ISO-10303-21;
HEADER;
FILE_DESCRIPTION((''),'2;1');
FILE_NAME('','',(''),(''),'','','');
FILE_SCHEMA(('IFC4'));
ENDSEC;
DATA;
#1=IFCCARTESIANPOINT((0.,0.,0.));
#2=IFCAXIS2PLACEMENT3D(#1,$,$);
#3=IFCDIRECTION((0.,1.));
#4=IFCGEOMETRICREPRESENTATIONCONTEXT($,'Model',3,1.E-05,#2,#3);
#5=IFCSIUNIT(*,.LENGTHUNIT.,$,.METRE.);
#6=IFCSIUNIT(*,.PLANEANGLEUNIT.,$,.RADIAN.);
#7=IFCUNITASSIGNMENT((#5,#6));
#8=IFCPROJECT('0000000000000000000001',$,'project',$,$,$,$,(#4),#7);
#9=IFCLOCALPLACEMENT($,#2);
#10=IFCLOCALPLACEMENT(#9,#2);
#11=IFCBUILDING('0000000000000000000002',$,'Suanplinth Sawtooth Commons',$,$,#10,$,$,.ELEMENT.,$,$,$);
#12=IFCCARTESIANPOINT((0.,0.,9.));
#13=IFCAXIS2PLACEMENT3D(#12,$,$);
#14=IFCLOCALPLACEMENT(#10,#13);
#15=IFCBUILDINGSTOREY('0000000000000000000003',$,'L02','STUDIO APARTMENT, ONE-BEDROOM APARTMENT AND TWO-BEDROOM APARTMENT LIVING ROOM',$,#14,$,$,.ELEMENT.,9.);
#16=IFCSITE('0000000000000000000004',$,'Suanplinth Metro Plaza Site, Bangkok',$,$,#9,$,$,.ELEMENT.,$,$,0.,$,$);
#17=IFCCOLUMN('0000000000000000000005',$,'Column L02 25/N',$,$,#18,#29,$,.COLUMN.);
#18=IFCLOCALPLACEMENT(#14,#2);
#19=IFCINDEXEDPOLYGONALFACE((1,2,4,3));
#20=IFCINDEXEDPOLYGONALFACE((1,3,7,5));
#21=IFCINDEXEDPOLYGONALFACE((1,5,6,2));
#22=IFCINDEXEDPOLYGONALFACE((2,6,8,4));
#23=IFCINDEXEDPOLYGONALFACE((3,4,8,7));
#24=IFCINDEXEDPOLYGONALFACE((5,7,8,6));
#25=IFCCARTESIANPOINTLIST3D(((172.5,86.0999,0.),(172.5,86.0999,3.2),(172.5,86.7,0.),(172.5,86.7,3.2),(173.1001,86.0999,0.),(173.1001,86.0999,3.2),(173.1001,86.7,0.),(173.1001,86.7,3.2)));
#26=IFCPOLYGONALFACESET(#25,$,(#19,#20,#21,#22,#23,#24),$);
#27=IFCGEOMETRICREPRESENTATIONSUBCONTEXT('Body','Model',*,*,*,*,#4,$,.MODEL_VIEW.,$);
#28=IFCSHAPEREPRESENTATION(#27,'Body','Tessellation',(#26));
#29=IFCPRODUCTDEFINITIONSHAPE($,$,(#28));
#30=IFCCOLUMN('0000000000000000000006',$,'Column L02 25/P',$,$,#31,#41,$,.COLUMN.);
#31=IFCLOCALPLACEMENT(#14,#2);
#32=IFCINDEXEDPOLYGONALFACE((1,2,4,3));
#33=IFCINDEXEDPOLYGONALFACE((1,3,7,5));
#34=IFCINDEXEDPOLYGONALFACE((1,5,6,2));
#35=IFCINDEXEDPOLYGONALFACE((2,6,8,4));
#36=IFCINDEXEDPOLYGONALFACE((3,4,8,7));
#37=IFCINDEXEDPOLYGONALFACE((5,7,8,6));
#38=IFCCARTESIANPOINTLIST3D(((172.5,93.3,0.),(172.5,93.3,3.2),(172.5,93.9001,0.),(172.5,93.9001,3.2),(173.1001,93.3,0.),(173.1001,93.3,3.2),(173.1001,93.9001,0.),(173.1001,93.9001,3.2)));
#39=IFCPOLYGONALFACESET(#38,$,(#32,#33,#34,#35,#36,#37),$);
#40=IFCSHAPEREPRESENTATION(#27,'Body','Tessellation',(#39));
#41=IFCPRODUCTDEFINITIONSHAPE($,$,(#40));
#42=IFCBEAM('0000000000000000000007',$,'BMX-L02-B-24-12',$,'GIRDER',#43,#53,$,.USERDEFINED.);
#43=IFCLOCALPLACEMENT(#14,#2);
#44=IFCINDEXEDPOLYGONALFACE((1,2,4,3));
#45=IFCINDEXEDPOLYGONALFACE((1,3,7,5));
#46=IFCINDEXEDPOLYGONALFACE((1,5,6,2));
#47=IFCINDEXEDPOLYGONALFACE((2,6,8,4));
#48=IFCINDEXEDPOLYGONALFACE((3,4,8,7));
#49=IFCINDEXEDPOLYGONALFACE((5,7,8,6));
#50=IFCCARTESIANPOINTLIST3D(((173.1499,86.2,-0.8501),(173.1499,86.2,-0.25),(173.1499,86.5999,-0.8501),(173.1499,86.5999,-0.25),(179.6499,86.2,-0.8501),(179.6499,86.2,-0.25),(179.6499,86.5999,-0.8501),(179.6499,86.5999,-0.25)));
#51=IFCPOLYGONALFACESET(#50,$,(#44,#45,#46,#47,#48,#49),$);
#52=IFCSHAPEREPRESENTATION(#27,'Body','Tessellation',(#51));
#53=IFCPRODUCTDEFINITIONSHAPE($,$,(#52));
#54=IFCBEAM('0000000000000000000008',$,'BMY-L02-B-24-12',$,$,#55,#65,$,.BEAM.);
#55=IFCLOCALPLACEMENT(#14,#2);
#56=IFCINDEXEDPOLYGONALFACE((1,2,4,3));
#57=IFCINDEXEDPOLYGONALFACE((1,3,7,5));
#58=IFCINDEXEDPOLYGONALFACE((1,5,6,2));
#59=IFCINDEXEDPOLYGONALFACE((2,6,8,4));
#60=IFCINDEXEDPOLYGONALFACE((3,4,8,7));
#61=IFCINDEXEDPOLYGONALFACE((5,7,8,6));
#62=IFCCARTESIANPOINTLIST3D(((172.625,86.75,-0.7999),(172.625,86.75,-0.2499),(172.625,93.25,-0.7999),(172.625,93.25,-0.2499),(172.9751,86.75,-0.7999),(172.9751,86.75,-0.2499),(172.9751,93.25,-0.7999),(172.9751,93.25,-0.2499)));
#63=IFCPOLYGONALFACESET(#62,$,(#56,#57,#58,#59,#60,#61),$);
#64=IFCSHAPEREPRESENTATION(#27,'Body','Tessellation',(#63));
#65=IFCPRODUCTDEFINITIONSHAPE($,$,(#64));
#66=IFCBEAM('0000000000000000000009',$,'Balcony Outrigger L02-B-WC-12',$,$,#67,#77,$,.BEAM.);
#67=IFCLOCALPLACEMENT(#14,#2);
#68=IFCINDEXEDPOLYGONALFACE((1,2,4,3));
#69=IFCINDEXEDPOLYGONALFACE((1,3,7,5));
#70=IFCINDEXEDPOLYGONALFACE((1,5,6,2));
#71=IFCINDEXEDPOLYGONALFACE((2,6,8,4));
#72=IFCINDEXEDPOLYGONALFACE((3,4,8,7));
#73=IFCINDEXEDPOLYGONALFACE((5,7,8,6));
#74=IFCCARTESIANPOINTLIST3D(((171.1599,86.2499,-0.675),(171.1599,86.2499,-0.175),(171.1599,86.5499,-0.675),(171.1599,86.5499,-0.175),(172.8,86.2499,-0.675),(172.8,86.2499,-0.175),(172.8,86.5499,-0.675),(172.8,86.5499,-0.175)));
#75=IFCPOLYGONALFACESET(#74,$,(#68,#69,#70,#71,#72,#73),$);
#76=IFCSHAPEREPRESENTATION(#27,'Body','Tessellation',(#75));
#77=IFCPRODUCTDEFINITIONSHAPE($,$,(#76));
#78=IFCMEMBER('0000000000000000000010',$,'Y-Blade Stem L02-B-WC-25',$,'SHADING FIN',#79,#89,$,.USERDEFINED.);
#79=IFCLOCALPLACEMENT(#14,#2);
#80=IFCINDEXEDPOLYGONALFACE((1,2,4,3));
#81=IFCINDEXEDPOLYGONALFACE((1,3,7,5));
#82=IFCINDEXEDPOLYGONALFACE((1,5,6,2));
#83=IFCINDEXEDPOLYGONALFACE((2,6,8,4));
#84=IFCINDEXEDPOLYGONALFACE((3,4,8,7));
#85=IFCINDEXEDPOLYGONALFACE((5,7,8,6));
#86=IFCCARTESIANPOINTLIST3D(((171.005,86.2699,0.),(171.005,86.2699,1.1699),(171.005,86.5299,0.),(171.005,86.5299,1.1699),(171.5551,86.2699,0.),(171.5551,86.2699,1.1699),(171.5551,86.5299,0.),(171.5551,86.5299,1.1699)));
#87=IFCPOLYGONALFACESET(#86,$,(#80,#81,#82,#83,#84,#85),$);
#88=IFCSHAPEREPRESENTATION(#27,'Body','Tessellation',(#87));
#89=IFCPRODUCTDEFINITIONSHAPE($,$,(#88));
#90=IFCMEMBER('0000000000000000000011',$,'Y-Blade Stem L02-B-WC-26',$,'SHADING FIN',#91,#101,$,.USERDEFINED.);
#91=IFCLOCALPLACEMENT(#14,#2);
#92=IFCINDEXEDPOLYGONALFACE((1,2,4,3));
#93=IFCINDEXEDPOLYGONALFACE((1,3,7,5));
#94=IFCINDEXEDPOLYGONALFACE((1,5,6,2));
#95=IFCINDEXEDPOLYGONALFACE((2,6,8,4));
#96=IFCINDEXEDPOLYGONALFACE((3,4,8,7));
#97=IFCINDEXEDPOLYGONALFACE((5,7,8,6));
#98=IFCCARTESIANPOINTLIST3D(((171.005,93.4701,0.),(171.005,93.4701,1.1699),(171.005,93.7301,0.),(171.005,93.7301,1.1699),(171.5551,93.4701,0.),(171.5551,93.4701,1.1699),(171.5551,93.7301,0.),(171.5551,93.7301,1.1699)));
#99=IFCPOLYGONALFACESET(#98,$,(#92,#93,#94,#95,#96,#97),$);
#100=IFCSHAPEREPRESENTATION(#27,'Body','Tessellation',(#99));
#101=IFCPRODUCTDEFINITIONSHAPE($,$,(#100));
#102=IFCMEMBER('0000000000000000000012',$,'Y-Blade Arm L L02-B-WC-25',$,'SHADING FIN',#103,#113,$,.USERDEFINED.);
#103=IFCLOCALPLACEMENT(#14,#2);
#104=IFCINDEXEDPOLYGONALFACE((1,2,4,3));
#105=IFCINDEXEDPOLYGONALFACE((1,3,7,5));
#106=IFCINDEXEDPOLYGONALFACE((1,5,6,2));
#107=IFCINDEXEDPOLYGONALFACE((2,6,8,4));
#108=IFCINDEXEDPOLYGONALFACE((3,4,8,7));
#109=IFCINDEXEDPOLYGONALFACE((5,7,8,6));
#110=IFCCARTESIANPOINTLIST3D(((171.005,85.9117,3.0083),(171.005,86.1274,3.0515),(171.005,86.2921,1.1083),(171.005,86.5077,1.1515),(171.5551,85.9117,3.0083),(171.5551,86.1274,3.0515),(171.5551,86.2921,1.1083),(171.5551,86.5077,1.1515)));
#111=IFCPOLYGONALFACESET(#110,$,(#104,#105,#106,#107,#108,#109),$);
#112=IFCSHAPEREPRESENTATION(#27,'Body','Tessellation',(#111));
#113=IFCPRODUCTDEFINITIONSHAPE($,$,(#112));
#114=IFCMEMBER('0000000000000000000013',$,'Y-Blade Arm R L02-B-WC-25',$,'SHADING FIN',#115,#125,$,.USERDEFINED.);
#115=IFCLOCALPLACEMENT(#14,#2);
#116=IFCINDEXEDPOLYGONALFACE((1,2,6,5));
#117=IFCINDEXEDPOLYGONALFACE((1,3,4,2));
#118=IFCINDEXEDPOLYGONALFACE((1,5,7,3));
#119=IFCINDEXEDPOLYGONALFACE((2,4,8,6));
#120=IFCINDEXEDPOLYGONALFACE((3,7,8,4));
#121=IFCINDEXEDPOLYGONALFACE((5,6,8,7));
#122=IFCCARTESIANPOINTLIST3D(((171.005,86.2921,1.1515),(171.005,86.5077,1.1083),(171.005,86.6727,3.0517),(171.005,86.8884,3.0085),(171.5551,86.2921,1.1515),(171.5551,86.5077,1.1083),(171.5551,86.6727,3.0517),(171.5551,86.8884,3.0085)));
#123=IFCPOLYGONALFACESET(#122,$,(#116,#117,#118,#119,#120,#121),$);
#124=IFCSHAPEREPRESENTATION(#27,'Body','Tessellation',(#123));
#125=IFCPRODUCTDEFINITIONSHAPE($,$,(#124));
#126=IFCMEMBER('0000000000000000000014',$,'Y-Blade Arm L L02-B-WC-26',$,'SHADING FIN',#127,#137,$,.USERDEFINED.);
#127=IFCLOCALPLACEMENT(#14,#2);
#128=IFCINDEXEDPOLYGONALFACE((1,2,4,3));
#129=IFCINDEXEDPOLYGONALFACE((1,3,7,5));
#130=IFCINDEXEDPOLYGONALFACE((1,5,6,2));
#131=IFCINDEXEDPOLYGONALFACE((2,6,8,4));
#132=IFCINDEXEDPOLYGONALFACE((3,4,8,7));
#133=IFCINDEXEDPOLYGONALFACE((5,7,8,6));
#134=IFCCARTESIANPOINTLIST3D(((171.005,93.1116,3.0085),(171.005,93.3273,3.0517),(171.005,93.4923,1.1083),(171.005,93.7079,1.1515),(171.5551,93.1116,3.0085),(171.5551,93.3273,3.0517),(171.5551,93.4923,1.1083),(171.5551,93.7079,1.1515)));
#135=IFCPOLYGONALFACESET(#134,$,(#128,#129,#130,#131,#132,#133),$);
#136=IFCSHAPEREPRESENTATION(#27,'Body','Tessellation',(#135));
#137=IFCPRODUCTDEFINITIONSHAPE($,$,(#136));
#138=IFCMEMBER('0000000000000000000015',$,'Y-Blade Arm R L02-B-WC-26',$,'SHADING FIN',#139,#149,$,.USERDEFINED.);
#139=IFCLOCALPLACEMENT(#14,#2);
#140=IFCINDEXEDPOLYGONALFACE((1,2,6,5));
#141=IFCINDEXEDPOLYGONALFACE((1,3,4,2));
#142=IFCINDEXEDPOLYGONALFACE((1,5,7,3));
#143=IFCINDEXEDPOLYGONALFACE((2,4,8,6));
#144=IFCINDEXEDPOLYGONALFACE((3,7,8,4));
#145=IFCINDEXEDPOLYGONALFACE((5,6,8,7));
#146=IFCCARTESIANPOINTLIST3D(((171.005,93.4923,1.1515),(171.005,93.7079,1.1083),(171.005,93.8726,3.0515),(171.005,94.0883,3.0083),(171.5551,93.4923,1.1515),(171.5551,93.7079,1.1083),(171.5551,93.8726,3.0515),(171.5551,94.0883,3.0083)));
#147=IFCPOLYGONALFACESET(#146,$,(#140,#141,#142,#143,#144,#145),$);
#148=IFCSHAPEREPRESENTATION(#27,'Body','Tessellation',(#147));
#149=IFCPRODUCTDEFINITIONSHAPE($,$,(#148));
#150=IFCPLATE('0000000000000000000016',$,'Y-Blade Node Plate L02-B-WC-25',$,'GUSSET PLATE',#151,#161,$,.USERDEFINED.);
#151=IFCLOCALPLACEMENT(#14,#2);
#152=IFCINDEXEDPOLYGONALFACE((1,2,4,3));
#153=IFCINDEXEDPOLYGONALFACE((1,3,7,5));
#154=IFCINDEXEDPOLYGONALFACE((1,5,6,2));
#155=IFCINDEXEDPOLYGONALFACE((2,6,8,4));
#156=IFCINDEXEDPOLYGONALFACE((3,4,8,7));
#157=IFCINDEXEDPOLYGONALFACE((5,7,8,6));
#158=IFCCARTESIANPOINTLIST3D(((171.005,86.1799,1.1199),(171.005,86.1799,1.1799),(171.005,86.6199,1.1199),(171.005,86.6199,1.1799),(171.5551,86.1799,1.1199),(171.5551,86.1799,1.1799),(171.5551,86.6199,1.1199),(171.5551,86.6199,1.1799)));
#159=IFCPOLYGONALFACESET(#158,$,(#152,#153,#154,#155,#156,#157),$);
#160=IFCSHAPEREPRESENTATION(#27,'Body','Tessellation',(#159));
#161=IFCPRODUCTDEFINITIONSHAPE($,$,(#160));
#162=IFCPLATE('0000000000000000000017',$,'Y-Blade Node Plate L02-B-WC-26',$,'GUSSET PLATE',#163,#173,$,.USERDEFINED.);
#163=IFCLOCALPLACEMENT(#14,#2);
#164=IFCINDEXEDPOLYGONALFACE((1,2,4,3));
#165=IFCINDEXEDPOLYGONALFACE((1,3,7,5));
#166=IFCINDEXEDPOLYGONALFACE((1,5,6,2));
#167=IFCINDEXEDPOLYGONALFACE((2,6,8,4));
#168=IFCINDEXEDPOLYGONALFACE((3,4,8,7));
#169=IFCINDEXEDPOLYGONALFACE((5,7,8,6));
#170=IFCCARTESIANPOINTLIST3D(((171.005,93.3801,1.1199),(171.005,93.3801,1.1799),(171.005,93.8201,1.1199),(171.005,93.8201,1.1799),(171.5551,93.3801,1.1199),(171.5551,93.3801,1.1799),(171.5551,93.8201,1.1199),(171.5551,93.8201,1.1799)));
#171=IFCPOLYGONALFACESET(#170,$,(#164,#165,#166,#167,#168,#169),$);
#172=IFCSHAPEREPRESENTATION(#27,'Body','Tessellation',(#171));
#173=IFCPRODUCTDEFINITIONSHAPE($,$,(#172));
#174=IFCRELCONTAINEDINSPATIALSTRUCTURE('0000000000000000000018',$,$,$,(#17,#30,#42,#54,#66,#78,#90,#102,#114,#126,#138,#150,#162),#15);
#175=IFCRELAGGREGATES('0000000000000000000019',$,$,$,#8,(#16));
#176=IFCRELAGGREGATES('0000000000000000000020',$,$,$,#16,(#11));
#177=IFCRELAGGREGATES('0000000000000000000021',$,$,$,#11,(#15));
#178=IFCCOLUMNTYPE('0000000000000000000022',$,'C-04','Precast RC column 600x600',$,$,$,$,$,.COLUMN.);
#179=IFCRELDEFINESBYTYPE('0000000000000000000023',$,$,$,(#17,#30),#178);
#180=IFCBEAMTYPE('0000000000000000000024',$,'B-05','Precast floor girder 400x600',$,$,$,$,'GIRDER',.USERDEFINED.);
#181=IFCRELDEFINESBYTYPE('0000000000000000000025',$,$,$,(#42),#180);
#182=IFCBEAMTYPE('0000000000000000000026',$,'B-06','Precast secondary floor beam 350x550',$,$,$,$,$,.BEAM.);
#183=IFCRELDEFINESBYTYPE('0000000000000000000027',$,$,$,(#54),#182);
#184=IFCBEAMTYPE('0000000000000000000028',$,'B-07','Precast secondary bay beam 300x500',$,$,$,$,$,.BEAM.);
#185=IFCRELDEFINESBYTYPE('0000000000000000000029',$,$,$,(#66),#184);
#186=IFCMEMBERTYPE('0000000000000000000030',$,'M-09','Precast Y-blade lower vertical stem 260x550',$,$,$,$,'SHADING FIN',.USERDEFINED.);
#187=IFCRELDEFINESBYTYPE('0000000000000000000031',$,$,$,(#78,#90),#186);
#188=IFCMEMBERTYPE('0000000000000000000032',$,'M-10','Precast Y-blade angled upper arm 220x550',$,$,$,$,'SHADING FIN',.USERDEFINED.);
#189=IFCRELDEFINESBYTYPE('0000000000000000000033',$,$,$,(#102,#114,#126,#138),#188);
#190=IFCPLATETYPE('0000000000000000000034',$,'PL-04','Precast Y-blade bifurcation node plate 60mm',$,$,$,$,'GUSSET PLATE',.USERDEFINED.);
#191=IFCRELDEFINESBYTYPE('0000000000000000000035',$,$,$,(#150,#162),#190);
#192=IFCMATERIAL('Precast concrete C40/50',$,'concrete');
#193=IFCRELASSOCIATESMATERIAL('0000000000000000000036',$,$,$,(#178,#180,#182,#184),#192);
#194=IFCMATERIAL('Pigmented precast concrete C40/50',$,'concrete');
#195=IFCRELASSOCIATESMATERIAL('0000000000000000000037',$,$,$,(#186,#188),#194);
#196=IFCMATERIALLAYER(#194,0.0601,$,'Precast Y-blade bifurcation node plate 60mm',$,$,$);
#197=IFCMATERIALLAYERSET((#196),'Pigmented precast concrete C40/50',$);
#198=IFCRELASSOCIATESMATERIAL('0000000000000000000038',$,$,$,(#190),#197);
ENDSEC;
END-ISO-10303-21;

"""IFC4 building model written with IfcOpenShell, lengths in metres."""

from ifc_helpers import new_model, si_unit, direction, frame, origin, origin_2d, place, context, subcontext, project, spatial, rectangle, extrude, material, layer, layer_set, material_profile, profile_set, type_object, element, save


model = new_model("IFC4")

# Units and contexts
model_context = context("Model", 3, precision=1e-05, world=origin(), true_north=direction((0.0, 1.0)))
body_context = subcontext(model_context, "Body", "Model", "MODEL_VIEW")
ifc_project = project(units=[si_unit("LENGTHUNIT", "METRE"), si_unit("PLANEANGLEUNIT", "RADIAN")], contexts=[model_context])

# Site, building, storey
site_placement = place(None, origin())
site = spatial("IfcSite", under=ifc_project, at=site_placement, Name="Suanplinth Metro Plaza Site, Bangkok", CompositionType="ELEMENT", RefElevation=0.0)
building_placement = place(site_placement, origin())
building = spatial("IfcBuilding", under=site, at=building_placement, Name="Suanplinth Sawtooth Commons", CompositionType="ELEMENT")
storey_placement = place(building_placement, frame((0.0, 0.0, 9.0)))
storey = spatial("IfcBuildingStorey", under=building, at=storey_placement, Name="L02", Description="STUDIO APARTMENT, ONE-BEDROOM APARTMENT AND TWO-BEDROOM APARTMENT LIVING ROOM", CompositionType="ELEMENT", Elevation=9.0)

# Columns
ifc_material_1 = material(Name="Precast concrete C40/50", Category="concrete")
ifc_material_profile_1 = material_profile(ifc_material_1, rectangle(XDim=0.6001, YDim=0.6001, at=origin_2d()), Name="PC-COL 600x600")
ifc_profile_set_1 = profile_set([ifc_material_profile_1], Name="Precast concrete C40/50")
column_type = type_object("IfcColumnType", Name="C-04", Description="Precast RC column 600x600", PredefinedType="COLUMN", material=ifc_profile_set_1)
for number, where, z_axis, x_axis, name in (
    (1, (172.8, 86.3999, 0.0), (0.0, 0.0, 1.0), (1.0, 0.0, 0.0), "Column L02 25/N"),
    (2, (172.8, 93.6001, 0.0), (0.0, 0.0, 1.0), (1.0, 0.0, 0.0), "Column L02 25/P"),
):
    element("IfcColumn", number, at=place(storey_placement, frame(where, z_axis=z_axis, x_axis=x_axis)), inside=storey, type_object=column_type, Name=name, PredefinedType="COLUMN", context=body_context, shape_type="SweptSolid", body=[
        extrude(rectangle(XDim=0.6001, YDim=0.6001, at=origin_2d()), origin(), (0.0, 0.0, 1.0), 3.2),
    ])

# Beams
ifc_material_profile_2 = material_profile(ifc_material_1, rectangle(XDim=0.3999, YDim=0.6001, at=origin_2d()), Name="PC-GDR 400x600")
ifc_profile_set_2 = profile_set([ifc_material_profile_2], Name="Precast concrete C40/50")
beam_type_1 = type_object("IfcBeamType", Name="B-05", Description="Precast floor girder 400x600", ElementType="GIRDER", PredefinedType="USERDEFINED", material=ifc_profile_set_2)
beam_1_placement = place(storey_placement, frame((173.1499, 86.3999, -0.55), z_axis=(1.0, 0.0, 0.0), x_axis=(0.0, 1.0, 0.0)))
element("IfcBeam", 3, at=beam_1_placement, inside=storey, type_object=beam_type_1, Name="BMX-L02-B-24-12", ObjectType="GIRDER", PredefinedType="USERDEFINED", context=body_context, shape_type="SweptSolid", body=[
    extrude(rectangle(XDim=0.3999, YDim=0.6001, at=origin_2d()), origin(), (0.0, 0.0, 1.0), 6.5),
])
ifc_material_profile_3 = material_profile(ifc_material_1, rectangle(XDim=0.3501, YDim=0.55, at=origin_2d()), Name="PC-BM 350x550")
ifc_profile_set_3 = profile_set([ifc_material_profile_3], Name="Precast concrete C40/50")
beam_type_2 = type_object("IfcBeamType", Name="B-06", Description="Precast secondary floor beam 350x550", PredefinedType="BEAM", material=ifc_profile_set_3)
beam_2_placement = place(storey_placement, frame((172.8, 86.75, -0.5249), z_axis=(0.0, 1.0, 0.0), x_axis=(-1.0, 0.0, 0.0)))
element("IfcBeam", 4, at=beam_2_placement, inside=storey, type_object=beam_type_2, Name="BMY-L02-B-24-12", PredefinedType="BEAM", context=body_context, shape_type="SweptSolid", body=[
    extrude(rectangle(XDim=0.3501, YDim=0.55, at=origin_2d()), origin(), (0.0, 0.0, 1.0), 6.5),
])
ifc_material_profile_4 = material_profile(ifc_material_1, rectangle(XDim=0.3, YDim=0.5, at=origin_2d()), Name="PC-BM 300x500")
ifc_profile_set_4 = profile_set([ifc_material_profile_4], Name="Precast concrete C40/50")
beam_type_3 = type_object("IfcBeamType", Name="B-07", Description="Precast secondary bay beam 300x500", PredefinedType="BEAM", material=ifc_profile_set_4)
beam_3_placement = place(storey_placement, frame((172.8, 86.3999, -0.425), z_axis=(-1.0, 0.0, 0.0), x_axis=(0.0, -1.0, 0.0)))
element("IfcBeam", 5, at=beam_3_placement, inside=storey, type_object=beam_type_3, Name="Balcony Outrigger L02-B-WC-12", PredefinedType="BEAM", context=body_context, shape_type="SweptSolid", body=[
    extrude(rectangle(XDim=0.3, YDim=0.5, at=origin_2d()), origin(), (0.0, 0.0, 1.0), 1.6401),
])

# Members
ifc_material_2 = material(Name="Pigmented precast concrete C40/50", Category="concrete")
ifc_material_profile_5 = material_profile(ifc_material_2, rectangle(XDim=0.26, YDim=0.55, at=origin_2d()), Name="PC-FIN 260x550")
ifc_profile_set_5 = profile_set([ifc_material_profile_5], Name="Pigmented precast concrete C40/50")
member_type_1 = type_object("IfcMemberType", Name="M-09", Description="Precast Y-blade lower vertical stem 260x550", ElementType="SHADING FIN", PredefinedType="USERDEFINED", material=ifc_profile_set_5)
for number, where, z_axis, x_axis, name in (
    (6, (171.28, 86.3999, 0.0), (0.0, 0.0, 1.0), (0.0, 1.0, 0.0), "Y-Blade Stem L02-B-WC-25"),
    (7, (171.28, 93.6001, 0.0), (0.0, 0.0, 1.0), (0.0, 1.0, 0.0), "Y-Blade Stem L02-B-WC-26"),
):
    element("IfcMember", number, at=place(storey_placement, frame(where, z_axis=z_axis, x_axis=x_axis)), inside=storey, type_object=member_type_1, Name=name, ObjectType="SHADING FIN", PredefinedType="USERDEFINED", context=body_context, shape_type="SweptSolid", body=[
        extrude(rectangle(XDim=0.26, YDim=0.55, at=origin_2d()), origin(), (0.0, 0.0, 1.0), 1.1699),
    ])
ifc_material_profile_6 = material_profile(ifc_material_2, rectangle(XDim=0.22, YDim=0.55, at=origin_2d()), Name="PC-FIN 220x550")
ifc_profile_set_6 = profile_set([ifc_material_profile_6], Name="Pigmented precast concrete C40/50")
member_type_2 = type_object("IfcMemberType", Name="M-10", Description="Precast Y-blade angled upper arm 220x550", ElementType="SHADING FIN", PredefinedType="USERDEFINED", material=ifc_profile_set_6)
member_1_placement = place(storey_placement, frame((171.28, 86.3999, 1.1299), z_axis=(0.0, -0.196286, 0.980547), x_axis=(0.0, 0.980547, 0.196286)))
element("IfcMember", 8, at=member_1_placement, inside=storey, type_object=member_type_2, Name="Y-Blade Arm L L02-B-WC-25", ObjectType="SHADING FIN", PredefinedType="USERDEFINED", context=body_context, shape_type="SweptSolid", body=[
    extrude(rectangle(XDim=0.22, YDim=0.55, at=origin_2d()), origin(), (0.0, 0.0, 1.0), 1.9377),
])
for number, where, z_axis, x_axis, name in (
    (9, (171.28, 86.3999, 1.1299), (0.0, 0.196407, 0.980522), (0.0, -0.980522, 0.196407), "Y-Blade Arm R L02-B-WC-25"),
    (10, (171.28, 93.6001, 1.1299), (0.0, -0.196407, 0.980522), (0.0, 0.980522, 0.196407), "Y-Blade Arm L L02-B-WC-26"),
):
    element("IfcMember", number, at=place(storey_placement, frame(where, z_axis=z_axis, x_axis=x_axis)), inside=storey, type_object=member_type_2, Name=name, ObjectType="SHADING FIN", PredefinedType="USERDEFINED", context=body_context, shape_type="SweptSolid", body=[
        extrude(rectangle(XDim=0.22, YDim=0.55, at=origin_2d()), origin(), (0.0, 0.0, 1.0), 1.938),
    ])
member_2_placement = place(storey_placement, frame((171.28, 93.6001, 1.1299), z_axis=(0.0, 0.196286, 0.980547), x_axis=(0.0, -0.980547, 0.196286)))
element("IfcMember", 11, at=member_2_placement, inside=storey, type_object=member_type_2, Name="Y-Blade Arm R L02-B-WC-26", ObjectType="SHADING FIN", PredefinedType="USERDEFINED", context=body_context, shape_type="SweptSolid", body=[
    extrude(rectangle(XDim=0.22, YDim=0.55, at=origin_2d()), origin(), (0.0, 0.0, 1.0), 1.9377),
])

# Plates
ifc_layer_1 = layer(ifc_material_2, 0.0601, Name="Precast Y-blade bifurcation node plate 60mm")
ifc_layer_set_1 = layer_set([ifc_layer_1], Name="Pigmented precast concrete C40/50")
plate_type = type_object("IfcPlateType", Name="PL-04", Description="Precast Y-blade bifurcation node plate 60mm", ElementType="GUSSET PLATE", PredefinedType="USERDEFINED", material=ifc_layer_set_1)
for number, where, z_axis, x_axis, name in (
    (12, (171.28, 86.3999, 1.1199), (0.0, 0.0, 1.0), (0.0, 1.0, 0.0), "Y-Blade Node Plate L02-B-WC-25"),
    (13, (171.28, 93.6001, 1.1199), (0.0, 0.0, 1.0), (0.0, 1.0, 0.0), "Y-Blade Node Plate L02-B-WC-26"),
):
    element("IfcPlate", number, at=place(storey_placement, frame(where, z_axis=z_axis, x_axis=x_axis)), inside=storey, type_object=plate_type, Name=name, ObjectType="GUSSET PLATE", PredefinedType="USERDEFINED", context=body_context, shape_type="SweptSolid", body=[
        extrude(rectangle(XDim=0.4399, YDim=0.55, at=origin_2d()), origin(), (0.0, 0.0, 1.0), 0.0601),
    ])

save(model, "model.ifc")
